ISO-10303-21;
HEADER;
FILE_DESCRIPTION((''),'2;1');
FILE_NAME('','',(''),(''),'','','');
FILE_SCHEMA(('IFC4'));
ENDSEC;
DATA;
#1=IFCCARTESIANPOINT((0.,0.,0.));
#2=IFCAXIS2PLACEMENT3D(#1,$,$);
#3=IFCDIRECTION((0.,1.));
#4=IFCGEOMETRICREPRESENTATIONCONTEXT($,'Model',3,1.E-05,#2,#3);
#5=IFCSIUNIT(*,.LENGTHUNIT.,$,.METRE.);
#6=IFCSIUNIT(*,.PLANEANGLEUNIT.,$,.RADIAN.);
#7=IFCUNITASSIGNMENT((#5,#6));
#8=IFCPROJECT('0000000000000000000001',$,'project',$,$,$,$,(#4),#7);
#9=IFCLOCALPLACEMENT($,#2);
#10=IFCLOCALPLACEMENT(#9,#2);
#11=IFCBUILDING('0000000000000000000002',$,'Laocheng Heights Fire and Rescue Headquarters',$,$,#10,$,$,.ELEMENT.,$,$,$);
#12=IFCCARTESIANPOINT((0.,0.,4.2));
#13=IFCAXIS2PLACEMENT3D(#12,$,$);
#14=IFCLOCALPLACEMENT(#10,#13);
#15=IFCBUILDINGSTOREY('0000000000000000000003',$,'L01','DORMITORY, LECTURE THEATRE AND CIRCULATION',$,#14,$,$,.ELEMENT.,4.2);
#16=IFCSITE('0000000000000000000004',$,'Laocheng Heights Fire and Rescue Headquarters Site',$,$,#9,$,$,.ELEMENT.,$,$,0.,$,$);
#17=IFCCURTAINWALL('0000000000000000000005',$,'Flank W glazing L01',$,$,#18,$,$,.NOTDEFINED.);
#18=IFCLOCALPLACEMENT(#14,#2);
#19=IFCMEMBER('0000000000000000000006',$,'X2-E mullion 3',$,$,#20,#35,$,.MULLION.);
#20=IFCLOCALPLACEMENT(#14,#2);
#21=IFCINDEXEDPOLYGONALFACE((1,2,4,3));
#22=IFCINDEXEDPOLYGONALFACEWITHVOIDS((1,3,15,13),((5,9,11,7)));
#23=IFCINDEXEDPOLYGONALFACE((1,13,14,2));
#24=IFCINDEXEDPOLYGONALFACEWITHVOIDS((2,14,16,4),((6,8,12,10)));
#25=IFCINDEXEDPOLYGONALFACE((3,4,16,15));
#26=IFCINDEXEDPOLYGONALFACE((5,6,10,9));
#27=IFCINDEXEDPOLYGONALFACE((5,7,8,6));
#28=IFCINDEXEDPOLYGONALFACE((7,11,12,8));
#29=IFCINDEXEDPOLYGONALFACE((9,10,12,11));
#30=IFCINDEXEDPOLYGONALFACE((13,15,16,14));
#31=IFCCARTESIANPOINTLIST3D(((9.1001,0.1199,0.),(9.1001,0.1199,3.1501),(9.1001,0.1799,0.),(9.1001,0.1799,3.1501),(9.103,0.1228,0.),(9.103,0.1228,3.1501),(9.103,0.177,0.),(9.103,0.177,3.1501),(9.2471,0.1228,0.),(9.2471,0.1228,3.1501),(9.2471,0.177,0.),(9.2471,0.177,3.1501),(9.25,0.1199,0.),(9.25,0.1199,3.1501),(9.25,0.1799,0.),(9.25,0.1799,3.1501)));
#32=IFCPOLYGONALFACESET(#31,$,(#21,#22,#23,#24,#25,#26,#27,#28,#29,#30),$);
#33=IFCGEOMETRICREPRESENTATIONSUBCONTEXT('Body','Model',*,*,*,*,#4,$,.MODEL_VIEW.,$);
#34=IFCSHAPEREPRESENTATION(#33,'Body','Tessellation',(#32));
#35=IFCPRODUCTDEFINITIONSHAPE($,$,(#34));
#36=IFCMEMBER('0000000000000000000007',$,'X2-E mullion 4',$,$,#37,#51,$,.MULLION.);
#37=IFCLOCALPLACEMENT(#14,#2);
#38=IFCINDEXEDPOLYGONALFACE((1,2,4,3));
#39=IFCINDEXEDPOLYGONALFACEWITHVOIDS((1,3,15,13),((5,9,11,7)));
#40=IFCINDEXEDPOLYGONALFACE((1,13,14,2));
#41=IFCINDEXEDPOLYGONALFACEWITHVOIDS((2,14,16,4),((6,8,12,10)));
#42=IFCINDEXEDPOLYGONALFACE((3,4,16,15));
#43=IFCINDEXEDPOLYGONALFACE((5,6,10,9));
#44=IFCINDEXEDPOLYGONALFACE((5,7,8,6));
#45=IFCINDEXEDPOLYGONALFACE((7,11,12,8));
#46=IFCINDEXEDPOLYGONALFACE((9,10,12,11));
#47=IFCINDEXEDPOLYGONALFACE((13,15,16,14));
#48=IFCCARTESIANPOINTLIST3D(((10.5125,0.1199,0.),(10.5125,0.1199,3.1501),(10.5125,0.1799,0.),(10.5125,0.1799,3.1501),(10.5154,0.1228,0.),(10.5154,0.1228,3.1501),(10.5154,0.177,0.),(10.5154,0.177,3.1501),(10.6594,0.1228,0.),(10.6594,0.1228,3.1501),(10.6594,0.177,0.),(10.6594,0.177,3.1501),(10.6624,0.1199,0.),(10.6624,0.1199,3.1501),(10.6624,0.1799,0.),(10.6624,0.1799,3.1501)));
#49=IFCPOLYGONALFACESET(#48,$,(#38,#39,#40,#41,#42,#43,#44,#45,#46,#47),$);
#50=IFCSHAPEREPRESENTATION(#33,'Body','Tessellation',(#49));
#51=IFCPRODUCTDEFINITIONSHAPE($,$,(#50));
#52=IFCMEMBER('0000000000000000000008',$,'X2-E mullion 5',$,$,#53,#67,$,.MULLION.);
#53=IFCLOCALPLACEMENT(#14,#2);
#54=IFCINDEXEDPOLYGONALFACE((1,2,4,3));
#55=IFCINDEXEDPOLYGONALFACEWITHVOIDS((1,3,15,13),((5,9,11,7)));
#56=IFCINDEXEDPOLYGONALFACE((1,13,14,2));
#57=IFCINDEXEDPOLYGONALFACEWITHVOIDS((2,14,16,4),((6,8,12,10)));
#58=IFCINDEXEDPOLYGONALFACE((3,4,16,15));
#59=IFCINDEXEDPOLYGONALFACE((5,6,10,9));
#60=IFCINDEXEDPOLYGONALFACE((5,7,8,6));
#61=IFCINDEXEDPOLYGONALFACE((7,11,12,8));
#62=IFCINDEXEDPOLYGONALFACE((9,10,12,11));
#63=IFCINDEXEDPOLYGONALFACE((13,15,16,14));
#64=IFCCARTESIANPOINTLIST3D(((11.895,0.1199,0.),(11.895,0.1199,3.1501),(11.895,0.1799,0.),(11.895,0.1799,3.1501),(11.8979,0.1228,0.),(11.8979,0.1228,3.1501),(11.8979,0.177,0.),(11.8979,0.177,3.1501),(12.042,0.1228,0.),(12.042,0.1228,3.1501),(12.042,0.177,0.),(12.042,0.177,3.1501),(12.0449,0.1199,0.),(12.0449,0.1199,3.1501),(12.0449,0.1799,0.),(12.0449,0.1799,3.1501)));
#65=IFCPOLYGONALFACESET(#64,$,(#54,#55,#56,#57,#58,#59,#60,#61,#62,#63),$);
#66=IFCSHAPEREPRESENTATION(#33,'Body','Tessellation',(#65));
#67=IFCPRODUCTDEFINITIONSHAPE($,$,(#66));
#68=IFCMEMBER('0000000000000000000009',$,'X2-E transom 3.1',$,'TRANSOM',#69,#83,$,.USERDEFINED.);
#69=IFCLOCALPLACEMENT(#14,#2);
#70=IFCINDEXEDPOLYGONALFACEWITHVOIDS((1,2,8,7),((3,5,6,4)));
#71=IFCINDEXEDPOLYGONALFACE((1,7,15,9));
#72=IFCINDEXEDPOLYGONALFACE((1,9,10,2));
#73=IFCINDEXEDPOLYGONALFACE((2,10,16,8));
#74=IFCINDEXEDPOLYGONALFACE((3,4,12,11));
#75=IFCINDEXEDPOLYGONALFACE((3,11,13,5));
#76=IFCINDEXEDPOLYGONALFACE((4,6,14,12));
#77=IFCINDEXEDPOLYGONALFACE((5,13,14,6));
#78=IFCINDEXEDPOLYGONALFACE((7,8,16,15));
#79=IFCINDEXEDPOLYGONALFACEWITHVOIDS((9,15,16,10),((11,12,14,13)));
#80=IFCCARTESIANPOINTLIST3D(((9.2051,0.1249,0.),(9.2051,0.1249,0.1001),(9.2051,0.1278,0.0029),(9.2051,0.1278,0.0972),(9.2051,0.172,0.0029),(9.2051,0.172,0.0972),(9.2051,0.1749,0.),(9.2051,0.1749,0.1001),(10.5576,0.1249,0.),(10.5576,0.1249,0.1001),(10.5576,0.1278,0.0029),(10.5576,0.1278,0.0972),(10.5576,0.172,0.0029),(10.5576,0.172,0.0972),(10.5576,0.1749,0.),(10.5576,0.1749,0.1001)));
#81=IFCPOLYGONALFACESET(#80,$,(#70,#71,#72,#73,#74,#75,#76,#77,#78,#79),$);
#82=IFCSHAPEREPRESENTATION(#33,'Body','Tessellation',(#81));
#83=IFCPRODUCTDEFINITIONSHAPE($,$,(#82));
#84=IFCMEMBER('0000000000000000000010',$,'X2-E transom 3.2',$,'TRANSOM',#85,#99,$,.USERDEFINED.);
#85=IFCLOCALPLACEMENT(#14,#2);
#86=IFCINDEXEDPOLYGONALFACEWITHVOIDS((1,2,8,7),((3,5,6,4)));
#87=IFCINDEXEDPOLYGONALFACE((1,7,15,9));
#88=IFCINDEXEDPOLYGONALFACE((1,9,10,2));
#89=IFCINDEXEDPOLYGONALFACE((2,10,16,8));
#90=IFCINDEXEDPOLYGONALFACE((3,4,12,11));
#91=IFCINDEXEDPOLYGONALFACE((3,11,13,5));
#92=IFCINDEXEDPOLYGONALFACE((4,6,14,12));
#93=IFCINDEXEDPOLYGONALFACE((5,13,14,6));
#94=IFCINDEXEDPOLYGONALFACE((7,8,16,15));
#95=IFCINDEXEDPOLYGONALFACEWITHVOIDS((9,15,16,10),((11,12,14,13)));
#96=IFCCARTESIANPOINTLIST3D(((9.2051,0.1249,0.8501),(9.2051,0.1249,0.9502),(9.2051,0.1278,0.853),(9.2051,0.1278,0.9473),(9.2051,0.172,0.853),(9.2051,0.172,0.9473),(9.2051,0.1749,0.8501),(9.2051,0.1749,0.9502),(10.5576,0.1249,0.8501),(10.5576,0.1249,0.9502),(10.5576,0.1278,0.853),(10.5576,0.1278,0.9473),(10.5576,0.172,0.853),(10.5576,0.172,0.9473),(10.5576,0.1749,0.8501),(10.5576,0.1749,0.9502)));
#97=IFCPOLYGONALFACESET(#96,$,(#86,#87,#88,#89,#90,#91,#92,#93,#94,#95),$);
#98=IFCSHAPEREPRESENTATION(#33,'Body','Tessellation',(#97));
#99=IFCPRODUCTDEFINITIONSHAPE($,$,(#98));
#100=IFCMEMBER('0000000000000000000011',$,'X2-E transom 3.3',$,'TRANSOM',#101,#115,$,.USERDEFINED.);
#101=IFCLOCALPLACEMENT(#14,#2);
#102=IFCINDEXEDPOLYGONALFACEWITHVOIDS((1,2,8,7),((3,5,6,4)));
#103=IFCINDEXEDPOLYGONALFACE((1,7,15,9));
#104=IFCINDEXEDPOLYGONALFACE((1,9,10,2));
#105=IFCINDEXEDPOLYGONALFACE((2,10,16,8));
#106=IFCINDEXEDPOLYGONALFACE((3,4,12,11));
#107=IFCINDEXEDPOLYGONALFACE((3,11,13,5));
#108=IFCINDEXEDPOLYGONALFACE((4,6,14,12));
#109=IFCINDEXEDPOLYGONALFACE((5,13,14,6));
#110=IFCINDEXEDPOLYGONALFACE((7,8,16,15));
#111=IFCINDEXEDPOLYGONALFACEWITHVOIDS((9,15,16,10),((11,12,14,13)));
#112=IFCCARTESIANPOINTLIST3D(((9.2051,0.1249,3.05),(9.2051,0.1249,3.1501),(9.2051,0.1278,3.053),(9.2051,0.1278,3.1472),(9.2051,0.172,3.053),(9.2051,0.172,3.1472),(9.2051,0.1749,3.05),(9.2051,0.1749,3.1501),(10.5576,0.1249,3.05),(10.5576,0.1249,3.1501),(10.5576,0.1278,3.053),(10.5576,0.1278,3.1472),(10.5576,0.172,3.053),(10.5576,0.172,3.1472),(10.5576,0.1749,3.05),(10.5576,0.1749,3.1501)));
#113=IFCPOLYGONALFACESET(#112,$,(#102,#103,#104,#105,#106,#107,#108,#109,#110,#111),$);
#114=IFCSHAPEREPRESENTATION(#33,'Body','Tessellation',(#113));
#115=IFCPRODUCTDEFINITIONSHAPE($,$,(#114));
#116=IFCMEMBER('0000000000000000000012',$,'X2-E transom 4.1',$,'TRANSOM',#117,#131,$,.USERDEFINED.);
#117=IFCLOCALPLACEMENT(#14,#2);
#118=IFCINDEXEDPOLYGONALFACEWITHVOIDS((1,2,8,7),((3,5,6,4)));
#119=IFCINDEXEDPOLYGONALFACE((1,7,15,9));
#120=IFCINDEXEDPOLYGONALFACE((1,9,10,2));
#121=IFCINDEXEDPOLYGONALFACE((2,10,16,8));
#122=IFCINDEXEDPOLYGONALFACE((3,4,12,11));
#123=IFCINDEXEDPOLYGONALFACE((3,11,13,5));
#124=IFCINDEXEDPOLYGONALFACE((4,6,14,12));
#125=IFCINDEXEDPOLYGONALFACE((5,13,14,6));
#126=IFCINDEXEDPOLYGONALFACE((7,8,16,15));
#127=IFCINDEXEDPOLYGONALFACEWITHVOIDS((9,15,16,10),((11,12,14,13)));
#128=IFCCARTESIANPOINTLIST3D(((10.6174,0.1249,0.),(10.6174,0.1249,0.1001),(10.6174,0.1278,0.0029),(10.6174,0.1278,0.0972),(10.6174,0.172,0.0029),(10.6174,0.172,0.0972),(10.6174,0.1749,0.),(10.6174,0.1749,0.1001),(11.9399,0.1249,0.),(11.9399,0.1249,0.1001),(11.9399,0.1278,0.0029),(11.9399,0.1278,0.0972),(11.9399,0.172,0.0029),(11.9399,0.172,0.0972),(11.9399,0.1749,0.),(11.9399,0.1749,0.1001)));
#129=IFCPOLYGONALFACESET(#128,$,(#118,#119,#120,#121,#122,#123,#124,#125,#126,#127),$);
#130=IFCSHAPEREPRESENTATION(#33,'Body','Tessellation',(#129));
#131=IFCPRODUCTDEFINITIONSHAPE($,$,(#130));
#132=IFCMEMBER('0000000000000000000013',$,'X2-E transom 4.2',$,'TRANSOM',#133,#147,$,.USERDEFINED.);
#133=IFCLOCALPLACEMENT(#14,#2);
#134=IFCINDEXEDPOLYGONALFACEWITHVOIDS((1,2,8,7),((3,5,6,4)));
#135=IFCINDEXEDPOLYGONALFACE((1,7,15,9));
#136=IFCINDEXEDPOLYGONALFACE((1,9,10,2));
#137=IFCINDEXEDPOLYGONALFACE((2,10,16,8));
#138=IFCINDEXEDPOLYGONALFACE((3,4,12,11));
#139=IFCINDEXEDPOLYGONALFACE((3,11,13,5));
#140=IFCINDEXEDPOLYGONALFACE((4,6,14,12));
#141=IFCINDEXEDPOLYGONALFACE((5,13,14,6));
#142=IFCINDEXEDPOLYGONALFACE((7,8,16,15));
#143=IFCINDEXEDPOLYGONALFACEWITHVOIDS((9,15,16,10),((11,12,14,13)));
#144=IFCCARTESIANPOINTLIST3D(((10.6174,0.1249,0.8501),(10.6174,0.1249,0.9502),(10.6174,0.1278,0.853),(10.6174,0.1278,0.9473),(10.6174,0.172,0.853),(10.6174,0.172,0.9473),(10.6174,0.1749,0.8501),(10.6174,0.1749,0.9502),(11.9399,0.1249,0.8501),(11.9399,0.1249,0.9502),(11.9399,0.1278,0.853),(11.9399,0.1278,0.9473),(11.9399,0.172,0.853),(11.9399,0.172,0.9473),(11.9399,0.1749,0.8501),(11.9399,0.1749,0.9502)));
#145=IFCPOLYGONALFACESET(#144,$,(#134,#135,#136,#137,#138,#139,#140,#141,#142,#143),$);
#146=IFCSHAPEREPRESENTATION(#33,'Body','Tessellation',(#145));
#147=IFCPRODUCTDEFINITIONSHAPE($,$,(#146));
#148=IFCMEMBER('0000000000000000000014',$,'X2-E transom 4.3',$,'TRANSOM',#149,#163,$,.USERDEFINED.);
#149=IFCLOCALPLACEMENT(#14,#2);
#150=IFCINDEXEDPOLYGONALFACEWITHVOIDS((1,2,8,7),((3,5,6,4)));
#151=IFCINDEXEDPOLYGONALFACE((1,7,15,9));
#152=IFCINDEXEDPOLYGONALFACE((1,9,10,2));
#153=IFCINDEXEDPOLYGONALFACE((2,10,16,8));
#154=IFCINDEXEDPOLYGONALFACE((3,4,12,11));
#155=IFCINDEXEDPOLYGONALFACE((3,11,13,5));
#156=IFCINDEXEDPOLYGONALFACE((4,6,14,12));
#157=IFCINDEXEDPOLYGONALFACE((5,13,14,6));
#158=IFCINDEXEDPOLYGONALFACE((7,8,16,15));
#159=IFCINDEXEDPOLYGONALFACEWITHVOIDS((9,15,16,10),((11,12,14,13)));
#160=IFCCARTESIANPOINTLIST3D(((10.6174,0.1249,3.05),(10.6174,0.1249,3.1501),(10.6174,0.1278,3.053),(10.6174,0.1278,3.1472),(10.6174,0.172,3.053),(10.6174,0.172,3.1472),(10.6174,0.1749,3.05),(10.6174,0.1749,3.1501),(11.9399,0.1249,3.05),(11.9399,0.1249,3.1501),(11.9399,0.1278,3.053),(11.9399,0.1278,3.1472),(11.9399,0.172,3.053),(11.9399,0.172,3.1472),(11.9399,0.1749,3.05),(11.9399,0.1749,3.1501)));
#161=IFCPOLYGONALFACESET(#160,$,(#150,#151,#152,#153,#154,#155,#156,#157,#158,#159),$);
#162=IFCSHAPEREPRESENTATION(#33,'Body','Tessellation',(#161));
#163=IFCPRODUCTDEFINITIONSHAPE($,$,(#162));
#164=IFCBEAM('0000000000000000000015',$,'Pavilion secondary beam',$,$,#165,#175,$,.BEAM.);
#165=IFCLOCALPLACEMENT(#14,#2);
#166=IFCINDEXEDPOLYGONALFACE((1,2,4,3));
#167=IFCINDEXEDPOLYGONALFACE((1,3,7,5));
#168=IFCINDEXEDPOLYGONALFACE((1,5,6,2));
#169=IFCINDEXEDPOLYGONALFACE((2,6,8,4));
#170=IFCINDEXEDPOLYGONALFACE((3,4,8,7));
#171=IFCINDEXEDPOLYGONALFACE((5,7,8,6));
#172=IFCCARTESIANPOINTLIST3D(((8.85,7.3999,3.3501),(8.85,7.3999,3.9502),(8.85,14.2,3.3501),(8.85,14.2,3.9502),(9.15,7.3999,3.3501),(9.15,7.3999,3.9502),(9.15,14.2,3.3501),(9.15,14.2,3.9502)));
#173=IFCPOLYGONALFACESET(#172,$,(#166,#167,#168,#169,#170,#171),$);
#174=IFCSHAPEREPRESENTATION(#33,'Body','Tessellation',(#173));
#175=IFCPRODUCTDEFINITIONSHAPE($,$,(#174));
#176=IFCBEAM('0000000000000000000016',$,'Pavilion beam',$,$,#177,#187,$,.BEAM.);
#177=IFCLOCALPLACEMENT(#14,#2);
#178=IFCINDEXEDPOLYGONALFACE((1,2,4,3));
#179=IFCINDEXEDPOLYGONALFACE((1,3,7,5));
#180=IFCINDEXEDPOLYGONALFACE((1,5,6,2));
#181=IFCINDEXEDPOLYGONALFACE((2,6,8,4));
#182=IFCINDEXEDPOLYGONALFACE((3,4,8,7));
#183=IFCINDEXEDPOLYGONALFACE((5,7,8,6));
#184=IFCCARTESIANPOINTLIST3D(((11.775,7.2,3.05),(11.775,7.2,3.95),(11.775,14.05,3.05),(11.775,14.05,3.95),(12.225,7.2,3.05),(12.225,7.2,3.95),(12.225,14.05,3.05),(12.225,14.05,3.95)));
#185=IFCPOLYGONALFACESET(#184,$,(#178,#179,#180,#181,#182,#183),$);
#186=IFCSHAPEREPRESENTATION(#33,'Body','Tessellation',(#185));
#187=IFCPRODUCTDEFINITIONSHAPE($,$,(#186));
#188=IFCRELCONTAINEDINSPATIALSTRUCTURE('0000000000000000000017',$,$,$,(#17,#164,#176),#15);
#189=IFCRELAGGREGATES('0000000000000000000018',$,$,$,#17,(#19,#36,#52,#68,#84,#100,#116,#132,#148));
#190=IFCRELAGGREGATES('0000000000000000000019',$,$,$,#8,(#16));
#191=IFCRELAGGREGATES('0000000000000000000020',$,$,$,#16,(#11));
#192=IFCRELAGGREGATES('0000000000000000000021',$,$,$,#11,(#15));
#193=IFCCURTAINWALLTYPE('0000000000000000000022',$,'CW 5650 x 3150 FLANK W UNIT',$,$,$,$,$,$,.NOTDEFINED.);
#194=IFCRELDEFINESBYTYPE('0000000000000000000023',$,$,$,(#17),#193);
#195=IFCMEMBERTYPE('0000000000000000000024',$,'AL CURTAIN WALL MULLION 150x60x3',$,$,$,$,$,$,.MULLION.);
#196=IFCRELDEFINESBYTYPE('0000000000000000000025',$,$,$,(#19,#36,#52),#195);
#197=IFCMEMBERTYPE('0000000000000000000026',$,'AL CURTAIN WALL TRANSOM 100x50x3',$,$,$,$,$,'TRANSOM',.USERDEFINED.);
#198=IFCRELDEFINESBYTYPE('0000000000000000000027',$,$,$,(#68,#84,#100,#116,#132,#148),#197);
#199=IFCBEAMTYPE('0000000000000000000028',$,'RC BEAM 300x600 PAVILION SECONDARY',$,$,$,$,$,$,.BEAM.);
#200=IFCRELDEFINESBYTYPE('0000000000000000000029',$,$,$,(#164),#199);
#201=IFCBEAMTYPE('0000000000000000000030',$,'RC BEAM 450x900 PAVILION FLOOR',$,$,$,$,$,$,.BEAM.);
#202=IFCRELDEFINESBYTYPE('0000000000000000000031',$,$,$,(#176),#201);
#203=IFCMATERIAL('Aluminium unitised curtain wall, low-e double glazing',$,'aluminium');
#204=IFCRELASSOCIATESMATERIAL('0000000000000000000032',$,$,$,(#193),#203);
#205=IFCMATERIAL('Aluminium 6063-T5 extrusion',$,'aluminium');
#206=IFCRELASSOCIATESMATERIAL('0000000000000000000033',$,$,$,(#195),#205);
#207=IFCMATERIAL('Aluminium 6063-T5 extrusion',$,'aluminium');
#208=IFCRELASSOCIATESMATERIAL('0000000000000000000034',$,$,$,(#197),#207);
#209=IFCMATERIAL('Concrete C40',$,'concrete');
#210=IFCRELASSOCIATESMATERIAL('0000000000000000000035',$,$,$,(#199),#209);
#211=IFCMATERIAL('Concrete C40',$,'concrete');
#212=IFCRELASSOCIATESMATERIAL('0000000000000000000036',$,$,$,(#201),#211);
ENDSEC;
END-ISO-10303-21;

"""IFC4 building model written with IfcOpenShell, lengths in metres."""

from ifc_helpers import new_model, si_unit, direction, frame, origin, origin_2d, place, context, subcontext, project, spatial, rectangle, hollow_rectangle, extrude, material, material_profile, profile_set, type_object, element, aggregate, save


model = new_model("IFC4")

# Units and contexts
model_context = context("Model", 3, precision=1e-05, world=origin(), true_north=direction((0.0, 1.0)))
body_context = subcontext(model_context, "Body", "Model", "MODEL_VIEW")
ifc_project = project(units=[si_unit("LENGTHUNIT", "METRE"), si_unit("PLANEANGLEUNIT", "RADIAN")], contexts=[model_context])

# Site, building, storey
site_placement = place(None, origin())
site = spatial("IfcSite", under=ifc_project, at=site_placement, Name="Laocheng Heights Fire and Rescue Headquarters Site", CompositionType="ELEMENT", RefElevation=0.0)
building_placement = place(site_placement, origin())
building = spatial("IfcBuilding", under=site, at=building_placement, Name="Laocheng Heights Fire and Rescue Headquarters", CompositionType="ELEMENT")
storey_placement = place(building_placement, frame((0.0, 0.0, 4.2)))
storey = spatial("IfcBuildingStorey", under=building, at=storey_placement, Name="L01", Description="DORMITORY, LECTURE THEATRE AND CIRCULATION", CompositionType="ELEMENT", Elevation=4.2)

# Curtain wall, members
ifc_material_1 = material(Name="Aluminium unitised curtain wall, low-e double glazing", Category="aluminium")
curtain_wall_type = type_object("IfcCurtainWallType", Name="CW 5650 x 3150 FLANK W UNIT", PredefinedType="NOTDEFINED", material=ifc_material_1)
curtain_wall_placement = place(storey_placement, origin())
curtain_wall = element("IfcCurtainWall", 1, at=curtain_wall_placement, inside=storey, type_object=curtain_wall_type, Name="Flank W glazing L01", PredefinedType="NOTDEFINED")
ifc_material_2 = material(Name="Aluminium 6063-T5 extrusion", Category="aluminium")
ifc_material_profile_1 = material_profile(ifc_material_2, hollow_rectangle(XDim=0.0601, YDim=0.1499, WallThickness=0.0029, at=origin_2d()), Name="AL MULLION 150x60x3")
ifc_profile_set_1 = profile_set([ifc_material_profile_1], Name="Aluminium 6063-T5 extrusion")
member_type_1 = type_object("IfcMemberType", Name="AL CURTAIN WALL MULLION 150x60x3", PredefinedType="MULLION", material=ifc_profile_set_1)
member_1_placement = place(storey_placement, frame((9.175, 0.1499, 0.0), z_axis=(0.0, 0.0, 1.0), x_axis=(0.0, 1.0, 0.0)))
member_1 = element("IfcMember", 2, at=member_1_placement, type_object=member_type_1, Name="X2-E mullion 3", PredefinedType="MULLION", context=body_context, shape_type="SweptSolid", body=[
    extrude(hollow_rectangle(XDim=0.0601, YDim=0.1499, WallThickness=0.0029, at=origin_2d()), origin(), (0.0, 0.0, 1.0), 3.1501),
])
member_2_placement = place(storey_placement, frame((10.5874, 0.1499, 0.0), z_axis=(0.0, 0.0, 1.0), x_axis=(0.0, 1.0, 0.0)))
member_2 = element("IfcMember", 3, at=member_2_placement, type_object=member_type_1, Name="X2-E mullion 4", PredefinedType="MULLION", context=body_context, shape_type="SweptSolid", body=[
    extrude(hollow_rectangle(XDim=0.0601, YDim=0.1499, WallThickness=0.0029, at=origin_2d()), origin(), (0.0, 0.0, 1.0), 3.1501),
])
member_3_placement = place(storey_placement, frame((11.97, 0.1499, 0.0), z_axis=(0.0, 0.0, 1.0), x_axis=(0.0, 1.0, 0.0)))
member_3 = element("IfcMember", 4, at=member_3_placement, type_object=member_type_1, Name="X2-E mullion 5", PredefinedType="MULLION", context=body_context, shape_type="SweptSolid", body=[
    extrude(hollow_rectangle(XDim=0.0601, YDim=0.1499, WallThickness=0.0029, at=origin_2d()), origin(), (0.0, 0.0, 1.0), 3.1501),
])
ifc_material_3 = material(Name="Aluminium 6063-T5 extrusion", Category="aluminium")
ifc_material_profile_2 = material_profile(ifc_material_3, hollow_rectangle(XDim=0.05, YDim=0.1001, WallThickness=0.0029, at=origin_2d()), Name="AL TRANSOM 100x50x3")
ifc_profile_set_2 = profile_set([ifc_material_profile_2], Name="Aluminium 6063-T5 extrusion")
member_type_2 = type_object("IfcMemberType", Name="AL CURTAIN WALL TRANSOM 100x50x3", ElementType="TRANSOM", PredefinedType="USERDEFINED", material=ifc_profile_set_2)
member_4_placement = place(storey_placement, frame((9.2051, 0.1499, 0.05), z_axis=(1.0, 0.0, 0.0), x_axis=(0.0, 1.0, 0.0)))
member_4 = element("IfcMember", 5, at=member_4_placement, type_object=member_type_2, Name="X2-E transom 3.1", ObjectType="TRANSOM", PredefinedType="USERDEFINED", context=body_context, shape_type="SweptSolid", body=[
    extrude(hollow_rectangle(XDim=0.05, YDim=0.1001, WallThickness=0.0029, at=origin_2d()), origin(), (0.0, 0.0, 1.0), 1.3525),
])
member_5_placement = place(storey_placement, frame((9.2051, 0.1499, 0.9001), z_axis=(1.0, 0.0, 0.0), x_axis=(0.0, 1.0, 0.0)))
member_5 = element("IfcMember", 6, at=member_5_placement, type_object=member_type_2, Name="X2-E transom 3.2", ObjectType="TRANSOM", PredefinedType="USERDEFINED", context=body_context, shape_type="SweptSolid", body=[
    extrude(hollow_rectangle(XDim=0.05, YDim=0.1001, WallThickness=0.0029, at=origin_2d()), origin(), (0.0, 0.0, 1.0), 1.3525),
])
member_6_placement = place(storey_placement, frame((9.2051, 0.1499, 3.1001), z_axis=(1.0, 0.0, 0.0), x_axis=(0.0, 1.0, 0.0)))
member_6 = element("IfcMember", 7, at=member_6_placement, type_object=member_type_2, Name="X2-E transom 3.3", ObjectType="TRANSOM", PredefinedType="USERDEFINED", context=body_context, shape_type="SweptSolid", body=[
    extrude(hollow_rectangle(XDim=0.05, YDim=0.1001, WallThickness=0.0029, at=origin_2d()), origin(), (0.0, 0.0, 1.0), 1.3525),
])
member_7_placement = place(storey_placement, frame((10.6174, 0.1499, 0.05), z_axis=(1.0, 0.0, 0.0), x_axis=(0.0, 1.0, 0.0)))
member_7 = element("IfcMember", 8, at=member_7_placement, type_object=member_type_2, Name="X2-E transom 4.1", ObjectType="TRANSOM", PredefinedType="USERDEFINED", context=body_context, shape_type="SweptSolid", body=[
    extrude(hollow_rectangle(XDim=0.05, YDim=0.1001, WallThickness=0.0029, at=origin_2d()), origin(), (0.0, 0.0, 1.0), 1.3225),
])
member_8_placement = place(storey_placement, frame((10.6174, 0.1499, 0.9001), z_axis=(1.0, 0.0, 0.0), x_axis=(0.0, 1.0, 0.0)))
member_8 = element("IfcMember", 9, at=member_8_placement, type_object=member_type_2, Name="X2-E transom 4.2", ObjectType="TRANSOM", PredefinedType="USERDEFINED", context=body_context, shape_type="SweptSolid", body=[
    extrude(hollow_rectangle(XDim=0.05, YDim=0.1001, WallThickness=0.0029, at=origin_2d()), origin(), (0.0, 0.0, 1.0), 1.3225),
])
member_9_placement = place(storey_placement, frame((10.6174, 0.1499, 3.1001), z_axis=(1.0, 0.0, 0.0), x_axis=(0.0, 1.0, 0.0)))
member_9 = element("IfcMember", 10, at=member_9_placement, type_object=member_type_2, Name="X2-E transom 4.3", ObjectType="TRANSOM", PredefinedType="USERDEFINED", context=body_context, shape_type="SweptSolid", body=[
    extrude(hollow_rectangle(XDim=0.05, YDim=0.1001, WallThickness=0.0029, at=origin_2d()), origin(), (0.0, 0.0, 1.0), 1.3225),
])

# Beams
ifc_material_4 = material(Name="Concrete C40", Category="concrete")
ifc_material_profile_3 = material_profile(ifc_material_4, rectangle(XDim=0.3, YDim=0.6001, at=origin_2d()), Name="RC BEAM 300x600 PAVILION SECONDARY")
ifc_profile_set_3 = profile_set([ifc_material_profile_3], Name="Concrete C40")
beam_type_1 = type_object("IfcBeamType", Name="RC BEAM 300x600 PAVILION SECONDARY", PredefinedType="BEAM", material=ifc_profile_set_3)
beam_1_placement = place(storey_placement, frame((9.0, 7.3999, 3.6501), z_axis=(0.0, 1.0, 0.0), x_axis=(-1.0, 0.0, 0.0)))
element("IfcBeam", 11, at=beam_1_placement, inside=storey, type_object=beam_type_1, Name="Pavilion secondary beam", PredefinedType="BEAM", context=body_context, shape_type="SweptSolid", body=[
    extrude(rectangle(XDim=0.3, YDim=0.6001, at=origin_2d()), origin(), (0.0, 0.0, 1.0), 6.8),
])
ifc_material_5 = material(Name="Concrete C40", Category="concrete")
ifc_material_profile_4 = material_profile(ifc_material_5, rectangle(XDim=0.45, YDim=0.8999, at=origin_2d()), Name="RC BEAM 450x900 PAVILION FLOOR")
ifc_profile_set_4 = profile_set([ifc_material_profile_4], Name="Concrete C40")
beam_type_2 = type_object("IfcBeamType", Name="RC BEAM 450x900 PAVILION FLOOR", PredefinedType="BEAM", material=ifc_profile_set_4)
beam_2_placement = place(storey_placement, frame((12.0, 7.2, 3.5), z_axis=(0.0, 1.0, 0.0), x_axis=(-1.0, 0.0, 0.0)))
element("IfcBeam", 12, at=beam_2_placement, inside=storey, type_object=beam_type_2, Name="Pavilion beam", PredefinedType="BEAM", context=body_context, shape_type="SweptSolid", body=[
    extrude(rectangle(XDim=0.45, YDim=0.8999, at=origin_2d()), origin(), (0.0, 0.0, 1.0), 6.8501),
])

aggregate(curtain_wall, [member_1, member_2, member_3, member_4, member_5, member_6, member_7, member_8, member_9])

save(model, "model.ifc")
